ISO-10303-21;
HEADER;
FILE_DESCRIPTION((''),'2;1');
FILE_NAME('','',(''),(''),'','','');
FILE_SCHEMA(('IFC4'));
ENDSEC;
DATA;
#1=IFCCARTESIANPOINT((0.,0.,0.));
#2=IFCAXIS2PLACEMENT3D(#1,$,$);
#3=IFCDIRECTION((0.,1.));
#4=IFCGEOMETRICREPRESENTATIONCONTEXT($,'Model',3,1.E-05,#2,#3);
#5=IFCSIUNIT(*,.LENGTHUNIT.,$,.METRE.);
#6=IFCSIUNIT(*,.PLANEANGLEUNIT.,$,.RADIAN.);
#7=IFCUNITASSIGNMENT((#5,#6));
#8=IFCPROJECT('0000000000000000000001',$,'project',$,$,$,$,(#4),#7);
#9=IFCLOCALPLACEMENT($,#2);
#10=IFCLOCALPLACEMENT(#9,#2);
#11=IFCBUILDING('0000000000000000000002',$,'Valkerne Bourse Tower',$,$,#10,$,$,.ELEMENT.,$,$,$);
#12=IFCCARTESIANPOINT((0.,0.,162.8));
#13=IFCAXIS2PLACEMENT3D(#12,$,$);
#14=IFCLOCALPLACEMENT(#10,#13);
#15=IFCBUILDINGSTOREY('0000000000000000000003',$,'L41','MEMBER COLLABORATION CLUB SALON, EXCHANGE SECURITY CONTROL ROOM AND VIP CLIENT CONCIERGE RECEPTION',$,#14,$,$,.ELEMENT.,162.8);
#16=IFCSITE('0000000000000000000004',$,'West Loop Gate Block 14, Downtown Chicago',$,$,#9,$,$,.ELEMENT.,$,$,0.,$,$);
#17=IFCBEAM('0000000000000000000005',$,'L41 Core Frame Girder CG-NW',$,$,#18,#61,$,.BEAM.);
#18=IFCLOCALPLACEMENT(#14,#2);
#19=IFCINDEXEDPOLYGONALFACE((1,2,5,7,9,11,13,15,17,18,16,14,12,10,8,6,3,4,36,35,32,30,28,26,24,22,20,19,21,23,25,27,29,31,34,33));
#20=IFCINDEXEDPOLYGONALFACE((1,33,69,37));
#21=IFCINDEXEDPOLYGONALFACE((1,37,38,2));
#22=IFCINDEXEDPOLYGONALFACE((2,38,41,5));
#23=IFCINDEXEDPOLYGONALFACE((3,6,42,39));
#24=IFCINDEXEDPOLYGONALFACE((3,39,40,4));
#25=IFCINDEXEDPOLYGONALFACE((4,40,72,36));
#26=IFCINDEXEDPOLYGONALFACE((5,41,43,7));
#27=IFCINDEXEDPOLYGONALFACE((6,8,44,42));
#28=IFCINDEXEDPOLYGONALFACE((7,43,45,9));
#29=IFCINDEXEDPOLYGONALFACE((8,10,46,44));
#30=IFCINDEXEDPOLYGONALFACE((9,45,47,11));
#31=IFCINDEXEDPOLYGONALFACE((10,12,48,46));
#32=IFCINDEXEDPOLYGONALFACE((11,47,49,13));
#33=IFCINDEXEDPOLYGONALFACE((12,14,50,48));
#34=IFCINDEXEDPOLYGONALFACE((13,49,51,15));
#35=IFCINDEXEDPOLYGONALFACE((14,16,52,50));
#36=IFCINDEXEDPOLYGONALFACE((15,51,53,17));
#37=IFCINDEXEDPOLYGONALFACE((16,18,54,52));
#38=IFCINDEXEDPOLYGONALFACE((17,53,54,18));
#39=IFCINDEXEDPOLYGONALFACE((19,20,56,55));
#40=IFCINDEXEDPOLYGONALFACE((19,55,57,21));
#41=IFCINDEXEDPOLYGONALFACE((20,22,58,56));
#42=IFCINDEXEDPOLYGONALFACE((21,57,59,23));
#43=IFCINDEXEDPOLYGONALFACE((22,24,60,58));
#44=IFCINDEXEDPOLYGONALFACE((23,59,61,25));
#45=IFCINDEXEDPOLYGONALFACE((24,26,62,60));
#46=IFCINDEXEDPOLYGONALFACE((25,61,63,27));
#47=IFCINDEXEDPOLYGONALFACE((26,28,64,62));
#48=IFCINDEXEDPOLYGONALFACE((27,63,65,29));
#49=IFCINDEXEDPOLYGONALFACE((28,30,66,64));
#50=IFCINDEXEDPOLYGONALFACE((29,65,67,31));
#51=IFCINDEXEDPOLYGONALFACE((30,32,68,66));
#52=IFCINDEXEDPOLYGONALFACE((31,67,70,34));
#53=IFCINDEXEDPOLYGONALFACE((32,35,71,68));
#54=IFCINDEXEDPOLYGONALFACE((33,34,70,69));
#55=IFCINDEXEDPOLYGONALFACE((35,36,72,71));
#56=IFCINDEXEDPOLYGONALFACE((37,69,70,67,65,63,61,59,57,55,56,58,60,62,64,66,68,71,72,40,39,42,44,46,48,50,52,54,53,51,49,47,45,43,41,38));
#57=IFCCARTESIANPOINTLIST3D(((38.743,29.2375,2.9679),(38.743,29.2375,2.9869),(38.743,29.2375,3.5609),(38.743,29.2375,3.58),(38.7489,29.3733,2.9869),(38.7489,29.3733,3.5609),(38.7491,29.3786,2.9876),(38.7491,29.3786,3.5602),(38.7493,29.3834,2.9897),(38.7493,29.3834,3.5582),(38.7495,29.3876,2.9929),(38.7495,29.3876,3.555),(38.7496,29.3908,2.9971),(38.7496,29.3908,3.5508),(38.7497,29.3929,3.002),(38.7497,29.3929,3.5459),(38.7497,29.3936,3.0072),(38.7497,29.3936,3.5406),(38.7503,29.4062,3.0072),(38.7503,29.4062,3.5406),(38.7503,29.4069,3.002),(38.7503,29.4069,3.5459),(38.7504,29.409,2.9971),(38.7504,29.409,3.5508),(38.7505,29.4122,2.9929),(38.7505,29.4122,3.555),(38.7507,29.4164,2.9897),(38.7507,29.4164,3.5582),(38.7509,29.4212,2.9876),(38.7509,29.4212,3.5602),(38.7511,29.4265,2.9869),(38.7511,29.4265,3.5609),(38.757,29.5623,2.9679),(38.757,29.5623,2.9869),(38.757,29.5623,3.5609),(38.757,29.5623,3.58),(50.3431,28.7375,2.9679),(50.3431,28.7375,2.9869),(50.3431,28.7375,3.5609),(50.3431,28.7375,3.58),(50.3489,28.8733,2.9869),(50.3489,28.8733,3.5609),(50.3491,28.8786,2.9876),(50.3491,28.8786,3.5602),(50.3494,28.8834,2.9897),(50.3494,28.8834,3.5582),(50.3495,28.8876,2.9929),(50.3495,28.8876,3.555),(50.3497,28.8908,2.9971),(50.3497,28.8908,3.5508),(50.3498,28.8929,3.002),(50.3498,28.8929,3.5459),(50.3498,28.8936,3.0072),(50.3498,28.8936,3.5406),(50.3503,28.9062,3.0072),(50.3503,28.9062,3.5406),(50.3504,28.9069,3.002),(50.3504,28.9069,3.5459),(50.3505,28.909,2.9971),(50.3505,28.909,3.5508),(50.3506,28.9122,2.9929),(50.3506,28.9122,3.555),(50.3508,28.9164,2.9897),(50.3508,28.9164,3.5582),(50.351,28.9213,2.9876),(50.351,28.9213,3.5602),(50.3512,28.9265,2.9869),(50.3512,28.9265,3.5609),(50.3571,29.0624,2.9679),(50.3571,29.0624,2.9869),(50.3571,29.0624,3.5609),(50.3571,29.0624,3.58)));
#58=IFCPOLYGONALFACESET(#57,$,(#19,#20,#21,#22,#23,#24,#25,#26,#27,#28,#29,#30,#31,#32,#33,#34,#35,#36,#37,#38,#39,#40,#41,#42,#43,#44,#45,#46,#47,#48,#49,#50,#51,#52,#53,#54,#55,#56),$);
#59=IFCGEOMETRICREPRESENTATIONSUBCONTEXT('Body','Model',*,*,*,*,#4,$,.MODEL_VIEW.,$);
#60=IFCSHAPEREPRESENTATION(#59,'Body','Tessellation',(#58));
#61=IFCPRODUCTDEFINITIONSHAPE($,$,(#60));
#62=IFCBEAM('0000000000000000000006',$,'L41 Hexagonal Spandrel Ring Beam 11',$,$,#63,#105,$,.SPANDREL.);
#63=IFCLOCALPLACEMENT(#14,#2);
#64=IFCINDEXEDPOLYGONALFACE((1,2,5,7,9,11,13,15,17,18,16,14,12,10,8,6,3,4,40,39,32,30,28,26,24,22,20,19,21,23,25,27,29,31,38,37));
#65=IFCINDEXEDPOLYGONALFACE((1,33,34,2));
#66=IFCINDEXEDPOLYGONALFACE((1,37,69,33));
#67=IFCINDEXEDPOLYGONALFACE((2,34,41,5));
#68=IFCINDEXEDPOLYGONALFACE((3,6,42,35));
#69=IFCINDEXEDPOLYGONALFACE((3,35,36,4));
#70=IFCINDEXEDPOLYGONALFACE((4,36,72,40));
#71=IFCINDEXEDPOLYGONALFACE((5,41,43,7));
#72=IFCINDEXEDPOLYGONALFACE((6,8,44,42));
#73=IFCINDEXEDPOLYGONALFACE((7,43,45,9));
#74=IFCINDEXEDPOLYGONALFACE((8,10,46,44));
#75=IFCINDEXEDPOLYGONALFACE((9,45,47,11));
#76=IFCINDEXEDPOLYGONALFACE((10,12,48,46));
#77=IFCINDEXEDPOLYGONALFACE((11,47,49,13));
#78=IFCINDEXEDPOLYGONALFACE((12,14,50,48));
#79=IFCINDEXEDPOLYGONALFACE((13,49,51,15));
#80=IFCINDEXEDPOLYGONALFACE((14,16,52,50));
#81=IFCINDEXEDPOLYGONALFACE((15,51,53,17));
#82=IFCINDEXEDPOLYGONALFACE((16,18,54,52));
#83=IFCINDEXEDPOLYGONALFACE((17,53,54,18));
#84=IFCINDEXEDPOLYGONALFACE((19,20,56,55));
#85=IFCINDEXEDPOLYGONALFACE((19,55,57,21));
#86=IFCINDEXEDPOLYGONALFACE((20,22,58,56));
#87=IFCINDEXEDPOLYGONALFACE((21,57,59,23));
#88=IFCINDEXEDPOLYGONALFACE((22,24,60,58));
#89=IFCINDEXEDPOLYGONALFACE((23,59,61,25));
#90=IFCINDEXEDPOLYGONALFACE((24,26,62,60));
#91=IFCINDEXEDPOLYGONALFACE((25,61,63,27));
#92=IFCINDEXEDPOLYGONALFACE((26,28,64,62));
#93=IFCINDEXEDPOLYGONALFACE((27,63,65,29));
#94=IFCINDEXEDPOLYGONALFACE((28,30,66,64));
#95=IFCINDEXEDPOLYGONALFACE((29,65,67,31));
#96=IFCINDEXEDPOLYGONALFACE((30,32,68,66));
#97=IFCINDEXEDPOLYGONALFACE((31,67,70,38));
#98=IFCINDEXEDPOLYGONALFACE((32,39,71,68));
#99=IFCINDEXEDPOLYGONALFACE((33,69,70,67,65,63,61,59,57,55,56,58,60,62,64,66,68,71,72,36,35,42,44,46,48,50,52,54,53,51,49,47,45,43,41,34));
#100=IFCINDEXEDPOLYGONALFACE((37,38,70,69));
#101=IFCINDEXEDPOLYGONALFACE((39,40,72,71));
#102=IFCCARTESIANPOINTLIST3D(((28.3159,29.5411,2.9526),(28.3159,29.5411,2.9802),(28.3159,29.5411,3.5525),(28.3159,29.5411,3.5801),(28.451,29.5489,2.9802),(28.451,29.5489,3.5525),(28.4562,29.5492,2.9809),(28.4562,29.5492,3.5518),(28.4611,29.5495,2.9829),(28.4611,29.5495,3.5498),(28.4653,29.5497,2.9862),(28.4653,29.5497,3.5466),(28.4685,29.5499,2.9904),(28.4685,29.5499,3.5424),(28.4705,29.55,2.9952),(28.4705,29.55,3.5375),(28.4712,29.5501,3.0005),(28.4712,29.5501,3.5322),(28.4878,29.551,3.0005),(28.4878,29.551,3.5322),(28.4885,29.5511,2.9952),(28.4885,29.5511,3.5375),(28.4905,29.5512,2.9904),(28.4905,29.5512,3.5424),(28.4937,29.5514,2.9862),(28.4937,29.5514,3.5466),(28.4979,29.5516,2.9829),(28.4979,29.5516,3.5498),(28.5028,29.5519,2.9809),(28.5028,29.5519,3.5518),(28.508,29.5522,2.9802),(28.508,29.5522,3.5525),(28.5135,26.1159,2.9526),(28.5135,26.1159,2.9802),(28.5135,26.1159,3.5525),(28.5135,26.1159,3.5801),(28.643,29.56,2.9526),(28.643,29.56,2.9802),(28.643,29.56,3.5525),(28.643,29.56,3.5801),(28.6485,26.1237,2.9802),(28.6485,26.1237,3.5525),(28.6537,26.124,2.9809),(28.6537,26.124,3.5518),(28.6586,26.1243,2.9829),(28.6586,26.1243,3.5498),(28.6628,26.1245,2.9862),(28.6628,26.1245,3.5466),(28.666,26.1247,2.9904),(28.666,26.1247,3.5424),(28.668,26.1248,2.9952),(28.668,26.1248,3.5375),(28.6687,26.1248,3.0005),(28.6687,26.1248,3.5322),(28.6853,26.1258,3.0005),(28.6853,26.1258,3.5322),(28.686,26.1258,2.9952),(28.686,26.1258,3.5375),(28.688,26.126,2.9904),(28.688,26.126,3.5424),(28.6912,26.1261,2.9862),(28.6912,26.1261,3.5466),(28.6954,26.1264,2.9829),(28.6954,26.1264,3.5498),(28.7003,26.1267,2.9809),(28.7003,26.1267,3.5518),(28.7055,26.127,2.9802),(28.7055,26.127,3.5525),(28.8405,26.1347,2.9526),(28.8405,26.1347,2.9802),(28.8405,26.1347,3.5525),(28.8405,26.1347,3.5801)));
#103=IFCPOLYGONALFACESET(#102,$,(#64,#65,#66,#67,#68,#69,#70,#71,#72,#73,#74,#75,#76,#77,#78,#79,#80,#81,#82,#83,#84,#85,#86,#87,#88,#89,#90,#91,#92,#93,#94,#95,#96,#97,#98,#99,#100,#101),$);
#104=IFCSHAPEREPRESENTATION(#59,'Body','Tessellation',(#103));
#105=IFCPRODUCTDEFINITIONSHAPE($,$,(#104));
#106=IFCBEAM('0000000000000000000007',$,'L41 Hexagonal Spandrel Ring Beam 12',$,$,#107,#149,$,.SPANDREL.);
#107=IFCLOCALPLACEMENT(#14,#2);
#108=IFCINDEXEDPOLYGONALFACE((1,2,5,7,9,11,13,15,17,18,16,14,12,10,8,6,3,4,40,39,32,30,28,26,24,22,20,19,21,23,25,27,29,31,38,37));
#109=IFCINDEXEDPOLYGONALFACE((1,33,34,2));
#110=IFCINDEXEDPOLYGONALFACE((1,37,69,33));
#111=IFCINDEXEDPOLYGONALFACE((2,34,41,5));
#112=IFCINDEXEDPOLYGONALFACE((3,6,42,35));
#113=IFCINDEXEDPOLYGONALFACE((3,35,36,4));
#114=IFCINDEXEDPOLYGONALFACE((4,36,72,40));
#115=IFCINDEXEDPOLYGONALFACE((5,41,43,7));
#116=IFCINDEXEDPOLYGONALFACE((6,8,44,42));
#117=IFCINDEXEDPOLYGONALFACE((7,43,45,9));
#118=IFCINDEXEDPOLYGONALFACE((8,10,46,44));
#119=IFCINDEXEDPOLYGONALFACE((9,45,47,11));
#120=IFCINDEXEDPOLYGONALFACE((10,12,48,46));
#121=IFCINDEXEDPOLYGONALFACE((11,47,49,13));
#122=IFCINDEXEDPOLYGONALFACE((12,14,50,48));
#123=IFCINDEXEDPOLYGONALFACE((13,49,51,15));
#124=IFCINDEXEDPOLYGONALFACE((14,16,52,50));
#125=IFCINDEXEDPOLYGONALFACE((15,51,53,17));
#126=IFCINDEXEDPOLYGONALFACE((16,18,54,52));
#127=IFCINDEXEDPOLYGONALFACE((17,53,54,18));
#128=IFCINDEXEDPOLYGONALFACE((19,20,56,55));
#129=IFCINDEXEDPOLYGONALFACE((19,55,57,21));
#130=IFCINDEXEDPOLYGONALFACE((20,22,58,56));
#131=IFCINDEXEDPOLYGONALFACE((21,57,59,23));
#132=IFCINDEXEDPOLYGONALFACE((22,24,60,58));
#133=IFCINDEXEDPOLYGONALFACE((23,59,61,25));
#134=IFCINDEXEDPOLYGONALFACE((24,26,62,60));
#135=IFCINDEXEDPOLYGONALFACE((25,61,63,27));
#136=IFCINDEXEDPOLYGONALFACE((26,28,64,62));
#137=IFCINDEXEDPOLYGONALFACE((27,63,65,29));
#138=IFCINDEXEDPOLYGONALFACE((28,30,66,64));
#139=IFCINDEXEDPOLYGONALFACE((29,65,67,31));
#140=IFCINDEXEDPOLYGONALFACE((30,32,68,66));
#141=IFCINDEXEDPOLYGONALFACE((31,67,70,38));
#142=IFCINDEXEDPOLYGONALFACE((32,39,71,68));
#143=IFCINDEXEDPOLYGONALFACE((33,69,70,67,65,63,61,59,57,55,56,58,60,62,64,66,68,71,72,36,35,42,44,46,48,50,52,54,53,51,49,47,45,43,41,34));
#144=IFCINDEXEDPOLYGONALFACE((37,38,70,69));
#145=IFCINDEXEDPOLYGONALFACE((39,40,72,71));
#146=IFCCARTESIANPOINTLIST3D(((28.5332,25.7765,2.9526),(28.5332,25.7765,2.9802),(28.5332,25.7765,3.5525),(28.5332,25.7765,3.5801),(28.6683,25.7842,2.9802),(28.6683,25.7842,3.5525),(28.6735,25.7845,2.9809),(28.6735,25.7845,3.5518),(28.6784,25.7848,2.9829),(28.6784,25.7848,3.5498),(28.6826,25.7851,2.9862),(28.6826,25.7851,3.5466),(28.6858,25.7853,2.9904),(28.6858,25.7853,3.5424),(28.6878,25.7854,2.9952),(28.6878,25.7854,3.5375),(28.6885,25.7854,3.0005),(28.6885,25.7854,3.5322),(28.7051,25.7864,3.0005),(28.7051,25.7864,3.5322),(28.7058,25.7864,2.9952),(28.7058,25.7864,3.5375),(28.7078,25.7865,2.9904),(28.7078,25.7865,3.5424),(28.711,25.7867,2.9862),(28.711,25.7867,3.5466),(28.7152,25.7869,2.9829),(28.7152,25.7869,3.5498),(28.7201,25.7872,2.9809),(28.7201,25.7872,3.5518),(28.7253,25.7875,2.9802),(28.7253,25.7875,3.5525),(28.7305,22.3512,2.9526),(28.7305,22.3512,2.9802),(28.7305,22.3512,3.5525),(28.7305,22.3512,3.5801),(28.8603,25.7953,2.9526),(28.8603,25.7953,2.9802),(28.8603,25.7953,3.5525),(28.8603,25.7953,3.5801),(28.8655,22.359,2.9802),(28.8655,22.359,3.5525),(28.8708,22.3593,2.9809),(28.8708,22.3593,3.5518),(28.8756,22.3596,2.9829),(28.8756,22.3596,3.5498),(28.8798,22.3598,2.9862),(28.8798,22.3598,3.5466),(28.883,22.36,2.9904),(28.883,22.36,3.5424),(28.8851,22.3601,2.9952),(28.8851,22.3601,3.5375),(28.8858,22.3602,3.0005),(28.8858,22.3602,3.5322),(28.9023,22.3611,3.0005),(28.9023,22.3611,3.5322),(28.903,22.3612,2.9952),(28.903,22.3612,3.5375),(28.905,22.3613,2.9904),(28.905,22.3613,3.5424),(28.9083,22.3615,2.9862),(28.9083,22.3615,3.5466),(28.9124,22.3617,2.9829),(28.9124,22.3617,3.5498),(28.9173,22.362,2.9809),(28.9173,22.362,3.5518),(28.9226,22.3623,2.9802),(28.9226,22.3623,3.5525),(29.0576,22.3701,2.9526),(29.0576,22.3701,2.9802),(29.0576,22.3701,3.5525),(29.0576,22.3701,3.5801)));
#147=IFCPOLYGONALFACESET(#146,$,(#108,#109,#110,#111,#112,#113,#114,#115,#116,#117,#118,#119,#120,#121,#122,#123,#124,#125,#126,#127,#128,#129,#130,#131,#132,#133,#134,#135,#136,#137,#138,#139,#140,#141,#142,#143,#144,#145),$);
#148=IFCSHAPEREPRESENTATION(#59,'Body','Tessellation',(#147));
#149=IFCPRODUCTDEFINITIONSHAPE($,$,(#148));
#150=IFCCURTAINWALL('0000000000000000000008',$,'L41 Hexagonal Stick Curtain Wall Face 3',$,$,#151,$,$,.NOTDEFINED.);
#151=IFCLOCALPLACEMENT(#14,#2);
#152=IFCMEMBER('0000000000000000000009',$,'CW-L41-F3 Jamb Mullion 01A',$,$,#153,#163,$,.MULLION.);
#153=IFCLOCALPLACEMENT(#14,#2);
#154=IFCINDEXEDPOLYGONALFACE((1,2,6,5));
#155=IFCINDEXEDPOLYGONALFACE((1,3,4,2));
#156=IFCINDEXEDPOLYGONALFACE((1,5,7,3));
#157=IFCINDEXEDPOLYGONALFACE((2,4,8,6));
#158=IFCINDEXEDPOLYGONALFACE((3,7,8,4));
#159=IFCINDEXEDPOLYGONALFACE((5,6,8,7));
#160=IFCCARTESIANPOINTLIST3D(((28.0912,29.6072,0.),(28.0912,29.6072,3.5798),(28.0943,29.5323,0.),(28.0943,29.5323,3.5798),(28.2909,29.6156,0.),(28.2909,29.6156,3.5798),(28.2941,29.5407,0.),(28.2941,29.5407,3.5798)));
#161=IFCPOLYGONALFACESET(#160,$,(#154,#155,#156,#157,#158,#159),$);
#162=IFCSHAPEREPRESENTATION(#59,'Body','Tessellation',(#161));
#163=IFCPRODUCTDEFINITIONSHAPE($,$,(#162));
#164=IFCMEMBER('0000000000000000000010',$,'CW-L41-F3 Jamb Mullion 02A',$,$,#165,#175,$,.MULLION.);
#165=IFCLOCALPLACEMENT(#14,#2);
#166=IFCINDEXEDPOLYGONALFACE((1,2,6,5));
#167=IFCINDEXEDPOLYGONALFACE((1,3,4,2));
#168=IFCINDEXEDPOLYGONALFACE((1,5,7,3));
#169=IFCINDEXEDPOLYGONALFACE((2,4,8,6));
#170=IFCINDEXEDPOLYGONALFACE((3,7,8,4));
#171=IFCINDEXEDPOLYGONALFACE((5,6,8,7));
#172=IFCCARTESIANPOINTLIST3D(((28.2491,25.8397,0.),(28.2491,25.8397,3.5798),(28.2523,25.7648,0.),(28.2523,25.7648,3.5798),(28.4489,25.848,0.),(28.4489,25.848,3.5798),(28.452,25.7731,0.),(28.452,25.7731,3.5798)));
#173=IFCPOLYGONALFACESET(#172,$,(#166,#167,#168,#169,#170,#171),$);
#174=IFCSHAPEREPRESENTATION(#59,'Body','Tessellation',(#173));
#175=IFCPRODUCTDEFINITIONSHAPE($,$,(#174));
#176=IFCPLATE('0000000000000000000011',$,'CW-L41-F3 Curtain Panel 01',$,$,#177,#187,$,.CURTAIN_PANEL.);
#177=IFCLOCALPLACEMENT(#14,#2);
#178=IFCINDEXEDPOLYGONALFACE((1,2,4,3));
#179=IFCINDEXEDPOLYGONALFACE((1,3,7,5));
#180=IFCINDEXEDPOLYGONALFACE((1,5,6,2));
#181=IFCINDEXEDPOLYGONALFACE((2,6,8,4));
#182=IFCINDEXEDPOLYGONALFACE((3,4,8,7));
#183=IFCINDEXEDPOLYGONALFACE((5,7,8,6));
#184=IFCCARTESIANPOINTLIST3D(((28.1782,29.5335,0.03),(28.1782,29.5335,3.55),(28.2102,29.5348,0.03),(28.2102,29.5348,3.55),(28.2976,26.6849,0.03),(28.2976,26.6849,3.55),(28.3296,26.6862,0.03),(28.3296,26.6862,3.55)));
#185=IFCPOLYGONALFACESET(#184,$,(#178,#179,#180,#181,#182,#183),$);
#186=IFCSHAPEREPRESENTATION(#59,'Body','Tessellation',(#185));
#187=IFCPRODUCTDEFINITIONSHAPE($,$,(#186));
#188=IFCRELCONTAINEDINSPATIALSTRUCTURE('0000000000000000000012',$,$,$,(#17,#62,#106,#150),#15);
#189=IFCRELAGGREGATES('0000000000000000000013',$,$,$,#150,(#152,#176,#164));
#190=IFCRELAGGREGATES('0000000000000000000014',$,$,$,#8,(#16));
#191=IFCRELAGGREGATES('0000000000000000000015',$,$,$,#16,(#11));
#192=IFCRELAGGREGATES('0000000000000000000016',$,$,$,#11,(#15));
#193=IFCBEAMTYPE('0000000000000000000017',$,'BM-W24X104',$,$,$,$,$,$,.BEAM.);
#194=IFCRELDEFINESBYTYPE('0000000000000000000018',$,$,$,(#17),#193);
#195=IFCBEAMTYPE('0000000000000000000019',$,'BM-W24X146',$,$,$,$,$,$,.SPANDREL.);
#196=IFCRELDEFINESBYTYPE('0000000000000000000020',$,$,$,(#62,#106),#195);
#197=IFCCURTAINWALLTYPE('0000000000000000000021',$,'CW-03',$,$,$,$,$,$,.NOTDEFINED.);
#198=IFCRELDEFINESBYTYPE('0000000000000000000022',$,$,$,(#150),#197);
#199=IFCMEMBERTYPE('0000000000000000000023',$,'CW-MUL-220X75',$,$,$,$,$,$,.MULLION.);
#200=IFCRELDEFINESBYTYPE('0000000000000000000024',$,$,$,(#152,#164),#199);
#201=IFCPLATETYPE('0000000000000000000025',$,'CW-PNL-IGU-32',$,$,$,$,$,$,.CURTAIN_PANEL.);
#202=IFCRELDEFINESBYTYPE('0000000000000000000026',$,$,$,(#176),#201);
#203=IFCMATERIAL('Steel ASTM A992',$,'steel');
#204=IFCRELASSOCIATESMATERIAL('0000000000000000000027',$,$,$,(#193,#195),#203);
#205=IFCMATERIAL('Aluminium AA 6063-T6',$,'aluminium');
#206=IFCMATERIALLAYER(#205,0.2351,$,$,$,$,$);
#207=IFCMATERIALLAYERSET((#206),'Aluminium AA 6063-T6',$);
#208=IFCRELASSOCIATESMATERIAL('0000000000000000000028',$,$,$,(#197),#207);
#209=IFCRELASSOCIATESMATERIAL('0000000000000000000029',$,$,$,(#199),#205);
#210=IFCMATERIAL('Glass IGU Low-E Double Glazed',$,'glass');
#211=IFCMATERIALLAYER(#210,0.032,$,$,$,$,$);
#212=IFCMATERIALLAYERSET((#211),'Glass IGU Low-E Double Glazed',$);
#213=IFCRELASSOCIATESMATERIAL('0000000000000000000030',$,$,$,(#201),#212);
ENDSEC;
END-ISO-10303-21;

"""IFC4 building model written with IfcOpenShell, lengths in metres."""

from ifc_helpers import new_model, si_unit, direction, frame, origin, origin_2d, place, context, subcontext, project, spatial, rectangle, i_section, extrude, material, layer, layer_set, material_profile, profile_set, type_object, element, aggregate, save


model = new_model("IFC4")

# Units and contexts
model_context = context("Model", 3, precision=1e-05, world=origin(), true_north=direction((0.0, 1.0)))
body_context = subcontext(model_context, "Body", "Model", "MODEL_VIEW")
ifc_project = project(units=[si_unit("LENGTHUNIT", "METRE"), si_unit("PLANEANGLEUNIT", "RADIAN")], contexts=[model_context])

# Site, building, storey
site_placement = place(None, origin())
site = spatial("IfcSite", under=ifc_project, at=site_placement, Name="West Loop Gate Block 14, Downtown Chicago", CompositionType="ELEMENT", RefElevation=0.0)
building_placement = place(site_placement, origin())
building = spatial("IfcBuilding", under=site, at=building_placement, Name="Valkerne Bourse Tower", CompositionType="ELEMENT")
storey_placement = place(building_placement, frame((0.0, 0.0, 162.8)))
storey = spatial("IfcBuildingStorey", under=building, at=storey_placement, Name="L41", Description="MEMBER COLLABORATION CLUB SALON, EXCHANGE SECURITY CONTROL ROOM AND VIP CLIENT CONCIERGE RECEPTION", CompositionType="ELEMENT", Elevation=162.8)

# Beams
ifc_material_1 = material(Name="Steel ASTM A992", Category="steel")
ifc_material_profile_1 = material_profile(ifc_material_1, i_section(OverallWidth=0.3252, OverallDepth=0.6121, WebThickness=0.0127, FlangeThickness=0.019, FilletRadius=0.0203, at=origin_2d()), Name="W24X104")
ifc_profile_set_1 = profile_set([ifc_material_profile_1], Name="Steel ASTM A992")
beam_type_1 = type_object("IfcBeamType", Name="BM-W24X104", PredefinedType="BEAM", material=ifc_profile_set_1)
beam_1_placement = place(storey_placement, frame((38.75, 29.3999, 3.2739), z_axis=(0.999072, -0.043063, 0.0), x_axis=(0.043063, 0.999072, 0.0)))
element("IfcBeam", 1, at=beam_1_placement, inside=storey, type_object=beam_type_1, Name="L41 Core Frame Girder CG-NW", PredefinedType="BEAM", context=body_context, shape_type="SweptSolid", body=[
    extrude(i_section(OverallWidth=0.3252, OverallDepth=0.6121, WebThickness=0.0127, FlangeThickness=0.019, FilletRadius=0.0203, at=origin_2d()), origin(), (0.0, 0.0, 1.0), 11.6108),
])
ifc_material_profile_2 = material_profile(ifc_material_1, i_section(OverallWidth=0.3276, OverallDepth=0.6274, WebThickness=0.0166, FlangeThickness=0.0276, FilletRadius=0.0203, at=origin_2d()), Name="W24X146")
ifc_profile_set_2 = profile_set([ifc_material_profile_2], Name="Steel ASTM A992")
beam_type_2 = type_object("IfcBeamType", Name="BM-W24X146", PredefinedType="SPANDREL", material=ifc_profile_set_2)
for number, where, z_axis, x_axis, name in (
    (2, (28.4795, 29.5505, 3.2664), (0.057567, -0.998342, 0.0), (0.998342, 0.057567, 0.0), "L41 Hexagonal Spandrel Ring Beam 11"),
    (3, (28.6968, 25.7859, 3.2664), (0.057496, -0.998346, 0.0), (0.998346, 0.057496, 0.0), "L41 Hexagonal Spandrel Ring Beam 12"),
):
    element("IfcBeam", number, at=place(storey_placement, frame(where, z_axis=z_axis, x_axis=x_axis)), inside=storey, type_object=beam_type_2, Name=name, PredefinedType="SPANDREL", context=body_context, shape_type="SweptSolid", body=[
        extrude(i_section(OverallWidth=0.3276, OverallDepth=0.6274, WebThickness=0.0166, FlangeThickness=0.0276, FilletRadius=0.0203, at=origin_2d()), origin(), (0.0, 0.0, 1.0), 3.4309),
    ])

# Curtain wall, members, plate
ifc_material_2 = material(Name="Aluminium AA 6063-T6", Category="aluminium")
ifc_layer_1 = layer(ifc_material_2, 0.2351)
ifc_layer_set_1 = layer_set([ifc_layer_1], Name="Aluminium AA 6063-T6")
curtain_wall_type = type_object("IfcCurtainWallType", Name="CW-03", PredefinedType="NOTDEFINED", material=ifc_layer_set_1)
curtain_wall_placement = place(storey_placement, origin())
curtain_wall = element("IfcCurtainWall", 4, at=curtain_wall_placement, inside=storey, type_object=curtain_wall_type, Name="L41 Hexagonal Stick Curtain Wall Face 3", PredefinedType="NOTDEFINED")
ifc_material_profile_3 = material_profile(ifc_material_2, rectangle(XDim=0.075, YDim=0.2, at=origin_2d()), Name="CWM-75X200")
ifc_profile_set_3 = profile_set([ifc_material_profile_3], Name="Aluminium AA 6063-T6")
member_type = type_object("IfcMemberType", Name="CW-MUL-220X75", PredefinedType="MULLION", material=ifc_profile_set_3)
member_1_placement = place(storey_placement, frame((28.1926, 29.574, 0.0), z_axis=(0.0, 0.0, 1.0), x_axis=(0.041872, -0.999123, 0.0)))
member_1 = element("IfcMember", 5, at=member_1_placement, type_object=member_type, Name="CW-L41-F3 Jamb Mullion 01A", PredefinedType="MULLION", context=body_context, shape_type="SweptSolid", body=[
    extrude(rectangle(XDim=0.075, YDim=0.2, at=origin_2d()), origin(), (0.0, 0.0, 1.0), 3.5798),
])
member_2_placement = place(storey_placement, frame((28.3506, 25.8064, 0.0), z_axis=(0.0, 0.0, 1.0), x_axis=(0.041872, -0.999123, 0.0)))
member_2 = element("IfcMember", 6, at=member_2_placement, type_object=member_type, Name="CW-L41-F3 Jamb Mullion 02A", PredefinedType="MULLION", context=body_context, shape_type="SweptSolid", body=[
    extrude(rectangle(XDim=0.075, YDim=0.2, at=origin_2d()), origin(), (0.0, 0.0, 1.0), 3.5798),
])
ifc_material_3 = material(Name="Glass IGU Low-E Double Glazed", Category="glass")
ifc_layer_2 = layer(ifc_material_3, 0.032)
ifc_layer_set_2 = layer_set([ifc_layer_2], Name="Glass IGU Low-E Double Glazed")
plate_type = type_object("IfcPlateType", Name="CW-PNL-IGU-32", PredefinedType="CURTAIN_PANEL", material=ifc_layer_set_2)
plate_1_placement = place(storey_placement, frame((28.2539, 28.1099, 0.03), z_axis=(0.0, 0.0, 1.0), x_axis=(0.041872, -0.999123, 0.0)))
plate_1 = element("IfcPlate", 7, at=plate_1_placement, type_object=plate_type, Name="CW-L41-F3 Curtain Panel 01", PredefinedType="CURTAIN_PANEL", context=body_context, shape_type="SweptSolid", body=[
    extrude(rectangle(XDim=2.8511, YDim=0.032, at=origin_2d()), origin(), (0.0, 0.0, 1.0), 3.52),
])
aggregate(curtain_wall, [member_1, plate_1, member_2])

save(model, "model.ifc")
